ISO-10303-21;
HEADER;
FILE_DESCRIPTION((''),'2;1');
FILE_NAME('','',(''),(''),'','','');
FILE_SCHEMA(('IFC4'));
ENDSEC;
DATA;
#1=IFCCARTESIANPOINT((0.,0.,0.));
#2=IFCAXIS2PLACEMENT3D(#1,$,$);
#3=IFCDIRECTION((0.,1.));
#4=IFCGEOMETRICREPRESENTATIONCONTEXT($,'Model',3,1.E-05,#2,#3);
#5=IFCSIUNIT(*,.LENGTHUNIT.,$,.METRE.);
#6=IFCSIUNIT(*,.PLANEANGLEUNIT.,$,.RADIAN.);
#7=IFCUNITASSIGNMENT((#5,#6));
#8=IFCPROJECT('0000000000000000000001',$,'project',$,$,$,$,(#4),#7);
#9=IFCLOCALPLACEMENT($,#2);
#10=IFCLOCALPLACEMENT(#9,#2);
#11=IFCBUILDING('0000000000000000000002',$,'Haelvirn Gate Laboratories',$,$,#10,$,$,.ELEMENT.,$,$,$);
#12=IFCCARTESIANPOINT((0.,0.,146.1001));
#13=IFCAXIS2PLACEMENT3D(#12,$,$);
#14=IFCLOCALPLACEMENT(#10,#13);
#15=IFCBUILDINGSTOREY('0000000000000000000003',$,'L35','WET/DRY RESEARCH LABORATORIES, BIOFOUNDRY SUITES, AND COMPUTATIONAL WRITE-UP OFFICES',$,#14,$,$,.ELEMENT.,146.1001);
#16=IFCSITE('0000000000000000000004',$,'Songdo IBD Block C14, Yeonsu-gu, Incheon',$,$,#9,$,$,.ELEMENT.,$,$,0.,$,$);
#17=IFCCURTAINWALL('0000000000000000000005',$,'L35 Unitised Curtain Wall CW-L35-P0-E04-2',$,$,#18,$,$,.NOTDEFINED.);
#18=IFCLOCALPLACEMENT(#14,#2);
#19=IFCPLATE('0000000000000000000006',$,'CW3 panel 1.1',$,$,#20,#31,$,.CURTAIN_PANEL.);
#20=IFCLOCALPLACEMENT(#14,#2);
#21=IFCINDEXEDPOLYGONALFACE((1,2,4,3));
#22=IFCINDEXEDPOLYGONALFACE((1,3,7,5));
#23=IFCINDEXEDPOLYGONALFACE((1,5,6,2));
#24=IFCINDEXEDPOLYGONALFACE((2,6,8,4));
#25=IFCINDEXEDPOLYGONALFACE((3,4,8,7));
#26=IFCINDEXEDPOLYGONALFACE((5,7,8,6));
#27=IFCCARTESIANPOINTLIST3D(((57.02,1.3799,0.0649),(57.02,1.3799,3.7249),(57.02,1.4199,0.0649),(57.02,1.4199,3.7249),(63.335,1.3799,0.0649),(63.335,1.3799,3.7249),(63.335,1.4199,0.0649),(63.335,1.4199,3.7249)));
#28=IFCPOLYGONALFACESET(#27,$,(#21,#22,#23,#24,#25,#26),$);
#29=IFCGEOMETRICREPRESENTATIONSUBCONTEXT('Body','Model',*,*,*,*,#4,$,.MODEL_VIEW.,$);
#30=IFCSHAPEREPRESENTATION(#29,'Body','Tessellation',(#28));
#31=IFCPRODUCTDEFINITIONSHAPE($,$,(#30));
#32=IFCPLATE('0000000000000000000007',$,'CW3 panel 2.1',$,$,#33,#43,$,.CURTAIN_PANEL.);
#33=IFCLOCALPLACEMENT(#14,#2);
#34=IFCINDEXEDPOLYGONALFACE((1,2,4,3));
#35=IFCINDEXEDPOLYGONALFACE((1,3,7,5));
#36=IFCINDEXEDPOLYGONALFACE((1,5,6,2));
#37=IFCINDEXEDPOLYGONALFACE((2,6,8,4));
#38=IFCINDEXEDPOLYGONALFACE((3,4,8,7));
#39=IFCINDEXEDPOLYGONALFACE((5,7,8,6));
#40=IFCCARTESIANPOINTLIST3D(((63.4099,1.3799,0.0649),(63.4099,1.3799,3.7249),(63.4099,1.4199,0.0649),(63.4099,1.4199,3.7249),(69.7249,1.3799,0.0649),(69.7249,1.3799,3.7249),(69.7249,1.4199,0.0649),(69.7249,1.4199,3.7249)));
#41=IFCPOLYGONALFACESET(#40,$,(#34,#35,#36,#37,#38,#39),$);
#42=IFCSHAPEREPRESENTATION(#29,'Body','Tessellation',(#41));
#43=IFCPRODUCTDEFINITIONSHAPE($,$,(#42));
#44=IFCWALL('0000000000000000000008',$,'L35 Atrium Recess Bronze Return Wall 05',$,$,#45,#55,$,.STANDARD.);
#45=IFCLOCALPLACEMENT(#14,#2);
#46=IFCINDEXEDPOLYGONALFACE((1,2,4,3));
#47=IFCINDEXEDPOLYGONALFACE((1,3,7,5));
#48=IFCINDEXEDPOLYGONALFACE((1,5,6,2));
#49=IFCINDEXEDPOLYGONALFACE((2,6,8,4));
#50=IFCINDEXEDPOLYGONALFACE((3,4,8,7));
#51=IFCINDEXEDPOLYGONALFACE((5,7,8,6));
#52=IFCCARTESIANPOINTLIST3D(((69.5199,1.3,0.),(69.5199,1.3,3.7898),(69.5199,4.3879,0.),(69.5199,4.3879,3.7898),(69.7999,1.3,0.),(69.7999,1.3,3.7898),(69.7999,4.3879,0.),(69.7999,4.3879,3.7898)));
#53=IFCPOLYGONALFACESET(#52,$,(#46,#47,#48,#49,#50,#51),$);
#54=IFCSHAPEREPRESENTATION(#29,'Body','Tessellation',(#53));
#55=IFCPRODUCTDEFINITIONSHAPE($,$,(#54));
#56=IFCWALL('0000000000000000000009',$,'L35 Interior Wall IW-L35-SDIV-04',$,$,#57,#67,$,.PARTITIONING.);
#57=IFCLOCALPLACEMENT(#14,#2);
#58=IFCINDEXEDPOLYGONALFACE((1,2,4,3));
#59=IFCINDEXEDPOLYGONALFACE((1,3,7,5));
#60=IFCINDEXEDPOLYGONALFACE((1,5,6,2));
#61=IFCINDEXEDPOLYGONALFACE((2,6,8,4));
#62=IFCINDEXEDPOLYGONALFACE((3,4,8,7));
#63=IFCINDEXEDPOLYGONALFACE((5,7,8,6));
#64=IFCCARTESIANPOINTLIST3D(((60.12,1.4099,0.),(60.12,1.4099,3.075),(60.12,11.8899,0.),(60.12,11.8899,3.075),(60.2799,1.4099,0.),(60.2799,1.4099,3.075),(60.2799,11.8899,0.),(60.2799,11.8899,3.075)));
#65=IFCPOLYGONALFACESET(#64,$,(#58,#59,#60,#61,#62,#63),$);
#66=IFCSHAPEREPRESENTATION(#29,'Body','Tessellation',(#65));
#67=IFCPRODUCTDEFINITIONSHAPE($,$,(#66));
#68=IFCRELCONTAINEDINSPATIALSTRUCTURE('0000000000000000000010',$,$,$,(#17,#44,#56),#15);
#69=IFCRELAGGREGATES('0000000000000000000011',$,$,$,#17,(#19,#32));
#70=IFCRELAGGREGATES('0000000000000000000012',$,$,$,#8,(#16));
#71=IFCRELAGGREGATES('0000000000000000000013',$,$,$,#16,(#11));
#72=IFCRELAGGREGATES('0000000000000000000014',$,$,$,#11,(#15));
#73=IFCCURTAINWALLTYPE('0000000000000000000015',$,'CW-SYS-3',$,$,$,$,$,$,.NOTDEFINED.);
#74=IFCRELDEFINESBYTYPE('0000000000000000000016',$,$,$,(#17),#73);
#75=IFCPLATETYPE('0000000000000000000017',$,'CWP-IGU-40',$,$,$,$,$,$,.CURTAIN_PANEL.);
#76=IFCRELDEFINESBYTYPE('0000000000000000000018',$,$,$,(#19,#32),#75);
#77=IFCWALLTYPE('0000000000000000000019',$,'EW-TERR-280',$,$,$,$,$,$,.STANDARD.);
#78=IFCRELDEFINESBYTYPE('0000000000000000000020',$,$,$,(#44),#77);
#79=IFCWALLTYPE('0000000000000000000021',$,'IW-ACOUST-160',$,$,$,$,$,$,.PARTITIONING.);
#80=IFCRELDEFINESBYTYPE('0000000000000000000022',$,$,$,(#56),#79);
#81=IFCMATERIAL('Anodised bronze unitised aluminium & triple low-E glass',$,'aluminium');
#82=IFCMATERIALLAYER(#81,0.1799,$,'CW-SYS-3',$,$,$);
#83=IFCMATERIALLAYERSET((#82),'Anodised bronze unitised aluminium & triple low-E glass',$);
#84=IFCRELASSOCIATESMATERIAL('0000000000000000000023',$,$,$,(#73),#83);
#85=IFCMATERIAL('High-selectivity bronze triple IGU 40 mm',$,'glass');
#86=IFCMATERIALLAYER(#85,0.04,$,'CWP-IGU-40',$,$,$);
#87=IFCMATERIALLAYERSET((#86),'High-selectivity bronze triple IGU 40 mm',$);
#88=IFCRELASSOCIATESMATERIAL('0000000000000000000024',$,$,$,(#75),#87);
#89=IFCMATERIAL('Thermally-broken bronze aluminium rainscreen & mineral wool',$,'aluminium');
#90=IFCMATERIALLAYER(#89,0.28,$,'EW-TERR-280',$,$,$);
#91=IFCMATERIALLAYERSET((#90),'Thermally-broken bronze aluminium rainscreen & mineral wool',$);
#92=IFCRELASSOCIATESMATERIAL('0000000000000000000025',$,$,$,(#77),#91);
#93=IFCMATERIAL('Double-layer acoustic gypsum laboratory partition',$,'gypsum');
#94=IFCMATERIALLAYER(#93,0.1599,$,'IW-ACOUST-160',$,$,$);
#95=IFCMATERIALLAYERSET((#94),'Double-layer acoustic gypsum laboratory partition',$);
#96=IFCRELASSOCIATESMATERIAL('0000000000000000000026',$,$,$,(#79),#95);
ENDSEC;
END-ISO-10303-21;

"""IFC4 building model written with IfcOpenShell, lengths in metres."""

from ifc_helpers import new_model, si_unit, direction, frame, frame_2d, origin, origin_2d, place, context, subcontext, project, spatial, rectangle, extrude, source, transform, mapped, material, layer, layer_set, type_object, type_shapes, element, aggregate, save


model = new_model("IFC4")

# Units and contexts
model_context = context("Model", 3, precision=1e-05, world=origin(), true_north=direction((0.0, 1.0)))
body_context = subcontext(model_context, "Body", "Model", "MODEL_VIEW")
ifc_project = project(units=[si_unit("LENGTHUNIT", "METRE"), si_unit("PLANEANGLEUNIT", "RADIAN")], contexts=[model_context])

# Site, building, storey
site_placement = place(None, origin())
site = spatial("IfcSite", under=ifc_project, at=site_placement, Name="Songdo IBD Block C14, Yeonsu-gu, Incheon", CompositionType="ELEMENT", RefElevation=0.0)
building_placement = place(site_placement, origin())
building = spatial("IfcBuilding", under=site, at=building_placement, Name="Haelvirn Gate Laboratories", CompositionType="ELEMENT")
storey_placement = place(building_placement, frame((0.0, 0.0, 146.1001)))
storey = spatial("IfcBuildingStorey", under=building, at=storey_placement, Name="L35", Description="WET/DRY RESEARCH LABORATORIES, BIOFOUNDRY SUITES, AND COMPUTATIONAL WRITE-UP OFFICES", CompositionType="ELEMENT", Elevation=146.1001)

# Curtain wall
ifc_material_1 = material(Name="Anodised bronze unitised aluminium & triple low-E glass", Category="aluminium")
ifc_layer_1 = layer(ifc_material_1, 0.1799, Name="CW-SYS-3")
ifc_layer_set_1 = layer_set([ifc_layer_1], Name="Anodised bronze unitised aluminium & triple low-E glass")
curtain_wall_type_1 = type_object("IfcCurtainWallType", Name="CW-SYS-3", PredefinedType="NOTDEFINED", material=ifc_layer_set_1)
curtain_wall_1_placement = place(storey_placement, origin())
curtain_wall_1 = element("IfcCurtainWall", 1, at=curtain_wall_1_placement, inside=storey, type_object=curtain_wall_type_1, Name="L35 Unitised Curtain Wall CW-L35-P0-E04-2", PredefinedType="NOTDEFINED")

# Plates
ifc_material_2 = material(Name="High-selectivity bronze triple IGU 40 mm", Category="glass")
ifc_layer_2 = layer(ifc_material_2, 0.04, Name="CWP-IGU-40")
ifc_layer_set_2 = layer_set([ifc_layer_2], Name="High-selectivity bronze triple IGU 40 mm")
plate_type_1 = type_object("IfcPlateType", Name="CWP-IGU-40", PredefinedType="CURTAIN_PANEL", material=ifc_layer_set_2)
shared_shape_1 = source(origin(), body_context, "Body", "SweptSolid", [
    extrude(rectangle(XDim=6.3149, YDim=0.04, at=origin_2d()), origin(), (0.0, 0.0, 1.0), 3.6599),
])
type_shapes(plate_type_1, [shared_shape_1])
plate_1_placement = place(storey_placement, frame((60.1775, 1.3999, 0.0649), z_axis=(0.0, 0.0, 1.0), x_axis=(1.0, 0.0, 0.0)))
plate_1 = element("IfcPlate", 2, at=plate_1_placement, type_object=plate_type_1, Name="CW3 panel 1.1", PredefinedType="CURTAIN_PANEL", context=body_context, shape_type="MappedRepresentation", body=[
    mapped(shared_shape_1, transform((0.0, 0.0, 0.0), scale=1.0)),
])
plate_2_placement = place(storey_placement, frame((66.5674, 1.3999, 0.0649), z_axis=(0.0, 0.0, 1.0), x_axis=(1.0, 0.0, 0.0)))
plate_2 = element("IfcPlate", 3, at=plate_2_placement, type_object=plate_type_1, Name="CW3 panel 2.1", PredefinedType="CURTAIN_PANEL", context=body_context, shape_type="MappedRepresentation", body=[
    mapped(shared_shape_1, transform((0.0, 0.0, 0.0), scale=1.0)),
])
aggregate(curtain_wall_1, [plate_1, plate_2])

# Walls
ifc_material_3 = material(Name="Thermally-broken bronze aluminium rainscreen & mineral wool", Category="aluminium")
ifc_layer_3 = layer(ifc_material_3, 0.28, Name="EW-TERR-280")
ifc_layer_set_3 = layer_set([ifc_layer_3], Name="Thermally-broken bronze aluminium rainscreen & mineral wool")
wall_type_1 = type_object("IfcWallType", Name="EW-TERR-280", PredefinedType="STANDARD", material=ifc_layer_set_3)
wall_1_placement = place(storey_placement, frame((69.6599, 1.3, 0.0), z_axis=(0.0, 0.0, 1.0), x_axis=(0.0, 1.0, 0.0)))
element("IfcWall", 4, at=wall_1_placement, inside=storey, type_object=wall_type_1, Name="L35 Atrium Recess Bronze Return Wall 05", PredefinedType="STANDARD", context=body_context, shape_type="SweptSolid", body=[
    extrude(rectangle(XDim=3.0879, YDim=0.28, at=frame_2d((1.5439, 0.0))), origin(), (0.0, 0.0, 1.0), 3.7898),
])
ifc_material_4 = material(Name="Double-layer acoustic gypsum laboratory partition", Category="gypsum")
ifc_layer_4 = layer(ifc_material_4, 0.1599, Name="IW-ACOUST-160")
ifc_layer_set_4 = layer_set([ifc_layer_4], Name="Double-layer acoustic gypsum laboratory partition")
wall_type_2 = type_object("IfcWallType", Name="IW-ACOUST-160", PredefinedType="PARTITIONING", material=ifc_layer_set_4)
wall_2_placement = place(storey_placement, frame((60.2, 1.4099, 0.0), z_axis=(0.0, 0.0, 1.0), x_axis=(0.0, 1.0, 0.0)))
element("IfcWall", 5, at=wall_2_placement, inside=storey, type_object=wall_type_2, Name="L35 Interior Wall IW-L35-SDIV-04", PredefinedType="PARTITIONING", context=body_context, shape_type="SweptSolid", body=[
    extrude(rectangle(XDim=10.48, YDim=0.1599, at=frame_2d((5.24, 0.0))), origin(), (0.0, 0.0, 1.0), 3.075),
])

save(model, "model.ifc")
